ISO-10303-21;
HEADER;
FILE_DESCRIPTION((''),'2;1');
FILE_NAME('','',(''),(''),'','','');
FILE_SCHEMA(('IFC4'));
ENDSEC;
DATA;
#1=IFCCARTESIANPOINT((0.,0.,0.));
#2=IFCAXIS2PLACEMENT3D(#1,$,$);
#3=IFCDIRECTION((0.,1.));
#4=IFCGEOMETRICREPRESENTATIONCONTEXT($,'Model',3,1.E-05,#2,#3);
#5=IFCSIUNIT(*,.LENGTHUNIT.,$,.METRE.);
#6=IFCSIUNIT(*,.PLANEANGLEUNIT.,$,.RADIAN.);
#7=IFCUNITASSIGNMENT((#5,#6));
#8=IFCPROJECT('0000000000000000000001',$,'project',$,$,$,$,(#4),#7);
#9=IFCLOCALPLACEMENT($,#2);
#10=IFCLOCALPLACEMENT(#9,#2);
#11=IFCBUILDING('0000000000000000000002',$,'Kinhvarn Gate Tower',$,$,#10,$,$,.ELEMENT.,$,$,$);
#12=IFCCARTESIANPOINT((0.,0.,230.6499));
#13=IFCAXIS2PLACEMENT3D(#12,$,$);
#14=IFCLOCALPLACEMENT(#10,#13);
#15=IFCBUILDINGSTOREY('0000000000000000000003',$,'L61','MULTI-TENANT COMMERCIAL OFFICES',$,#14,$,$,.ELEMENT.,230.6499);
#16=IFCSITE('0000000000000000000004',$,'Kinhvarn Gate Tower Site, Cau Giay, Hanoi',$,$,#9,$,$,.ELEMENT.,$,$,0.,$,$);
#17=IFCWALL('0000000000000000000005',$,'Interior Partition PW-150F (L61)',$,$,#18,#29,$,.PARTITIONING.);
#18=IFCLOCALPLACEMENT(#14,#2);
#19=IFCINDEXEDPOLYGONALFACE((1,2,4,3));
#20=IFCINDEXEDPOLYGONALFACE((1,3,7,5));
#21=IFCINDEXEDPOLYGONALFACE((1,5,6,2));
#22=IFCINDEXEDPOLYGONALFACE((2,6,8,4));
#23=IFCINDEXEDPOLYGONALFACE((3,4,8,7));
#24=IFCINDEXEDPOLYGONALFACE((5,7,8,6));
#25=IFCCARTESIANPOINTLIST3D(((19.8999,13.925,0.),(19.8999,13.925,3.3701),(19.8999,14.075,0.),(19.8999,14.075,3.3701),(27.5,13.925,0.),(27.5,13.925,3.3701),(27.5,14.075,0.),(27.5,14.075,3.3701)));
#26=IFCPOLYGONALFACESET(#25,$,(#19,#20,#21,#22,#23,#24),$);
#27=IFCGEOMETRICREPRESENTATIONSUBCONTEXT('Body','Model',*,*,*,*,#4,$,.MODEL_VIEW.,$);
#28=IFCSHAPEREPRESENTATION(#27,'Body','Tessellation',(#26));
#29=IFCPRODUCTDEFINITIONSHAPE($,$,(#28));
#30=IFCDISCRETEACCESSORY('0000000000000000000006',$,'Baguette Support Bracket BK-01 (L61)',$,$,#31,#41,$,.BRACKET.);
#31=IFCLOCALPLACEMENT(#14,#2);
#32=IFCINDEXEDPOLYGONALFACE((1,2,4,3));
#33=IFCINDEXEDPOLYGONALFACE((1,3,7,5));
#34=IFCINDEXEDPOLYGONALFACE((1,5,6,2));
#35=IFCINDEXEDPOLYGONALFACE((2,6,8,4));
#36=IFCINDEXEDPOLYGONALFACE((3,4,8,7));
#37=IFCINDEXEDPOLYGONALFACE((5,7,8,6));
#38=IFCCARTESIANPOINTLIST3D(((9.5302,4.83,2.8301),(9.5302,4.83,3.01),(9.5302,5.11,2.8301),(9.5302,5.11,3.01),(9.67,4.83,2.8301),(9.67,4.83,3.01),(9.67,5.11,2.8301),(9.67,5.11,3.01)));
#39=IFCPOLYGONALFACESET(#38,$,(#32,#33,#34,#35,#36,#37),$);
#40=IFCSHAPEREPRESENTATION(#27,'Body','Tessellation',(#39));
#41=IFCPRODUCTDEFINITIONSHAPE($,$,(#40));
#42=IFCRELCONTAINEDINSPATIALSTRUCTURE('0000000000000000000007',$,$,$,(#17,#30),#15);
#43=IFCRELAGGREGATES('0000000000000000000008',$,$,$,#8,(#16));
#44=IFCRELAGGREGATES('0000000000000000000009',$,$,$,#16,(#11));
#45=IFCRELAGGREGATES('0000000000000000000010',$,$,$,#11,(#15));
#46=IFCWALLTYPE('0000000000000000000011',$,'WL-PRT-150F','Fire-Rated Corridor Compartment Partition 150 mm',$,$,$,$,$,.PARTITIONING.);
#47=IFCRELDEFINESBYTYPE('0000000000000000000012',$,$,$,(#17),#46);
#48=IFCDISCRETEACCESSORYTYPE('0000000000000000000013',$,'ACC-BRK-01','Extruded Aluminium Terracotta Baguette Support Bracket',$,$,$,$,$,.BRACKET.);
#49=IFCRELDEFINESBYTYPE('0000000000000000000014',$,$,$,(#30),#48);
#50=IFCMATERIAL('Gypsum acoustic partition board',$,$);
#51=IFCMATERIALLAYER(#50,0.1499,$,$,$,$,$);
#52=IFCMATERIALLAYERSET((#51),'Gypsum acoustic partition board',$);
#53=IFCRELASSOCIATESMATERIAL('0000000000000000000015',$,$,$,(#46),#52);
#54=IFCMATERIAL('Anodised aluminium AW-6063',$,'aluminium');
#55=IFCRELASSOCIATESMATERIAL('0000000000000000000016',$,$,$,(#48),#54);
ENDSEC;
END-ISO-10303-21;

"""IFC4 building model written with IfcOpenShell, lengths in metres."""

from ifc_helpers import new_model, si_unit, direction, frame, frame_2d, origin, origin_2d, place, context, subcontext, project, spatial, rectangle, extrude, material, layer, layer_set, type_object, element, save


model = new_model("IFC4")

# Units and contexts
model_context = context("Model", 3, precision=1e-05, world=origin(), true_north=direction((0.0, 1.0)))
body_context = subcontext(model_context, "Body", "Model", "MODEL_VIEW")
ifc_project = project(units=[si_unit("LENGTHUNIT", "METRE"), si_unit("PLANEANGLEUNIT", "RADIAN")], contexts=[model_context])

# Site, building, storey
site_placement = place(None, origin())
site = spatial("IfcSite", under=ifc_project, at=site_placement, Name="Kinhvarn Gate Tower Site, Cau Giay, Hanoi", CompositionType="ELEMENT", RefElevation=0.0)
building_placement = place(site_placement, origin())
building = spatial("IfcBuilding", under=site, at=building_placement, Name="Kinhvarn Gate Tower", CompositionType="ELEMENT")
storey_placement = place(building_placement, frame((0.0, 0.0, 230.6499)))
storey = spatial("IfcBuildingStorey", under=building, at=storey_placement, Name="L61", Description="MULTI-TENANT COMMERCIAL OFFICES", CompositionType="ELEMENT", Elevation=230.6499)

# Shared definitions
ifc_material_1 = material(Name="Anodised aluminium AW-6063", Category="aluminium")

# Shared definitions
ifc_material_2 = material(Name="Gypsum acoustic partition board")
ifc_layer_1 = layer(ifc_material_2, 0.1499)
ifc_layer_set_1 = layer_set([ifc_layer_1], Name="Gypsum acoustic partition board")
wall_type_1 = type_object("IfcWallType", Name="WL-PRT-150F", Description="Fire-Rated Corridor Compartment Partition 150 mm", PredefinedType="PARTITIONING", material=ifc_layer_set_1)

# Wall
wall_1_placement = place(storey_placement, frame((19.8999, 14.0, 0.0), z_axis=(0.0, 0.0, 1.0), x_axis=(1.0, 0.0, 0.0)))
element("IfcWall", 1, at=wall_1_placement, inside=storey, type_object=wall_type_1, Name="Interior Partition PW-150F (L61)", PredefinedType="PARTITIONING", context=body_context, shape_type="SweptSolid", body=[
    extrude(rectangle(XDim=7.6001, YDim=0.1499, at=frame_2d((3.8, 0.0))), origin(), (0.0, 0.0, 1.0), 3.3701),
])

# Discrete accessory
discrete_accessory_type = type_object("IfcDiscreteAccessoryType", Name="ACC-BRK-01", Description="Extruded Aluminium Terracotta Baguette Support Bracket", PredefinedType="BRACKET", material=ifc_material_1)
discrete_accessory_placement = place(storey_placement, frame((9.6001, 4.97, 2.8301), z_axis=(0.0, 0.0, 1.0), x_axis=(1.0, 0.0, 0.0)))
element("IfcDiscreteAccessory", 2, at=discrete_accessory_placement, inside=storey, type_object=discrete_accessory_type, Name="Baguette Support Bracket BK-01 (L61)", PredefinedType="BRACKET", context=body_context, shape_type="SweptSolid", body=[
    extrude(rectangle(XDim=0.1399, YDim=0.28, at=origin_2d()), origin(), (0.0, 0.0, 1.0), 0.1799),
])

save(model, "model.ifc")
